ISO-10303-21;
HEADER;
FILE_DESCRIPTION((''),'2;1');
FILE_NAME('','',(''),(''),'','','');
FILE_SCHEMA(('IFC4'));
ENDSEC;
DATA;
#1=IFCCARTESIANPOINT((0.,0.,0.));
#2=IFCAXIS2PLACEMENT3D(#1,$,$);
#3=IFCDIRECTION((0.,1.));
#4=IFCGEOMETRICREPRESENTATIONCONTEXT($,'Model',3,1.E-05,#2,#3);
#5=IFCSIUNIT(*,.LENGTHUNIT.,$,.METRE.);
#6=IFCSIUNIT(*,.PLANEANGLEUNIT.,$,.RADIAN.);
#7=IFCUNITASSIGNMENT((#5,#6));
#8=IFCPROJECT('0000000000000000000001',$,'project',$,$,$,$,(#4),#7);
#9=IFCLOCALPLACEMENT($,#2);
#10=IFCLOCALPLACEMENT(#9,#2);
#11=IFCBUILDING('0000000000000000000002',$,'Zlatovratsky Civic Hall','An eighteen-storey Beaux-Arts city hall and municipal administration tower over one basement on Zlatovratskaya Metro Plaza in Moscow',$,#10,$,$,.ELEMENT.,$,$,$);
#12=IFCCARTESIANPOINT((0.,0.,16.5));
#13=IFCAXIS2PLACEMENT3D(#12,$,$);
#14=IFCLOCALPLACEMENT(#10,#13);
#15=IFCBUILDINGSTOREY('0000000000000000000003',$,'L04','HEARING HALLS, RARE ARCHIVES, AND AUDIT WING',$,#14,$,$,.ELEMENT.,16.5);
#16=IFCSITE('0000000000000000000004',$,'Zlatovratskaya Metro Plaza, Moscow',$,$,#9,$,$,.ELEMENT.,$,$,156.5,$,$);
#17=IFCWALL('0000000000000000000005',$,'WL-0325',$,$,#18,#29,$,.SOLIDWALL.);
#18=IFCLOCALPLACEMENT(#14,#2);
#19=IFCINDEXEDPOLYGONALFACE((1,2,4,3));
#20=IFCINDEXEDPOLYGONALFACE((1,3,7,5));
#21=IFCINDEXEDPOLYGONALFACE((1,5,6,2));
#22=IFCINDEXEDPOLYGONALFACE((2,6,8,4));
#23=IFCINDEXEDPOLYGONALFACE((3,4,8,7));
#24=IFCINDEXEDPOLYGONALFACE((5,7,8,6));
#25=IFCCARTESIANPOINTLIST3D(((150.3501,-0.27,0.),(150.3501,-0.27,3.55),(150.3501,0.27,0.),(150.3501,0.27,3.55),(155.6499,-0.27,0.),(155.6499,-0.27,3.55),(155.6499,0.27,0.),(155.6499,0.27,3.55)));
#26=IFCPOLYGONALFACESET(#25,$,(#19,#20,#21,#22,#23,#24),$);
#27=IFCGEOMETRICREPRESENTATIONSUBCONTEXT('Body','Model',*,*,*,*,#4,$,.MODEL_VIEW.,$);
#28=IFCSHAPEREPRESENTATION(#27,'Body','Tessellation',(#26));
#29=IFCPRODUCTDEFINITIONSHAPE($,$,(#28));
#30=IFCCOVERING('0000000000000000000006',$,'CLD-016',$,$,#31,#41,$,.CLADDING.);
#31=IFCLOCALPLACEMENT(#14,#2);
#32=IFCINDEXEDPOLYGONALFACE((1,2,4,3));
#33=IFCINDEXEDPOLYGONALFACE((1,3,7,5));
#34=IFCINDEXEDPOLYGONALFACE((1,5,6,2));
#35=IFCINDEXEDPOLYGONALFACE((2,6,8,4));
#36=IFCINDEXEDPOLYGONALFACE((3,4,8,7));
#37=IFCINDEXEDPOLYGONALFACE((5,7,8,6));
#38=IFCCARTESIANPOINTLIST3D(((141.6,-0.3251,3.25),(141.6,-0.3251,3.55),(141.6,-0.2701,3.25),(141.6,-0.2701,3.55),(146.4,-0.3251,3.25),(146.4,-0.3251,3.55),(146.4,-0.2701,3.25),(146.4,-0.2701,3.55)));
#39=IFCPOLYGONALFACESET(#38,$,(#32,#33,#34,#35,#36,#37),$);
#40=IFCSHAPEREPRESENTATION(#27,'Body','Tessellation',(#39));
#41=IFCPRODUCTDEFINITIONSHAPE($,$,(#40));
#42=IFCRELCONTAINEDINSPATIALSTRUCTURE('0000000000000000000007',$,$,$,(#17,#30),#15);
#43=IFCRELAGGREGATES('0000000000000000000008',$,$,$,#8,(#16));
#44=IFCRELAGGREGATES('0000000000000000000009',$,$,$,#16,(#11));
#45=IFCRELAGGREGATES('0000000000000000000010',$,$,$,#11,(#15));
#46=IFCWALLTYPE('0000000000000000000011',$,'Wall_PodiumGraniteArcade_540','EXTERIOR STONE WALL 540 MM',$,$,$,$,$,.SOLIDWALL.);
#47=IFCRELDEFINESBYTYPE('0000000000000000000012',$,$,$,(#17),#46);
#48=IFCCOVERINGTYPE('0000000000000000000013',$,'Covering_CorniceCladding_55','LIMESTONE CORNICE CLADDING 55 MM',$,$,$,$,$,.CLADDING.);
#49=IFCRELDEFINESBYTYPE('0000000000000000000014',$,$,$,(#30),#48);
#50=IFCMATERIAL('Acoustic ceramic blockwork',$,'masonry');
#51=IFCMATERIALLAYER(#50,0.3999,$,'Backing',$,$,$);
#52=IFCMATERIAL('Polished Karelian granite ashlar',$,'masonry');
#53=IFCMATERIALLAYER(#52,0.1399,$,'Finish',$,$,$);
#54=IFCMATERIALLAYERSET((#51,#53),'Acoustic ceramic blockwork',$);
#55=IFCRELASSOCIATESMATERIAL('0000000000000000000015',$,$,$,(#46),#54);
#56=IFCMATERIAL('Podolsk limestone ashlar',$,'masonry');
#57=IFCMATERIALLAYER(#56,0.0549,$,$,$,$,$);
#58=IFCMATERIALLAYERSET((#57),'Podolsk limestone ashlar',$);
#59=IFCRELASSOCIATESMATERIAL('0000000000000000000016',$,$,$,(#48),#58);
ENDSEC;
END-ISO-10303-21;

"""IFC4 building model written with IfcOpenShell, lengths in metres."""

from ifc_helpers import new_model, si_unit, direction, frame, frame_2d, origin, origin_2d, place, context, subcontext, project, spatial, rectangle, extrude, material, layer, layer_set, type_object, element, save


model = new_model("IFC4")

# Units and contexts
model_context = context("Model", 3, precision=1e-05, world=origin(), true_north=direction((0.0, 1.0)))
body_context = subcontext(model_context, "Body", "Model", "MODEL_VIEW")
ifc_project = project(units=[si_unit("LENGTHUNIT", "METRE"), si_unit("PLANEANGLEUNIT", "RADIAN")], contexts=[model_context])

# Site, building, storey
site_placement = place(None, origin())
site = spatial("IfcSite", under=ifc_project, at=site_placement, Name="Zlatovratskaya Metro Plaza, Moscow", CompositionType="ELEMENT", RefElevation=156.5)
building_placement = place(site_placement, origin())
building = spatial("IfcBuilding", under=site, at=building_placement, Name="Zlatovratsky Civic Hall", Description="An eighteen-storey Beaux-Arts city hall and municipal administration tower over one basement on Zlatovratskaya Metro Plaza in Moscow", CompositionType="ELEMENT")
storey_placement = place(building_placement, frame((0.0, 0.0, 16.5)))
storey = spatial("IfcBuildingStorey", under=building, at=storey_placement, Name="L04", Description="HEARING HALLS, RARE ARCHIVES, AND AUDIT WING", CompositionType="ELEMENT", Elevation=16.5)

# Wall
ifc_material_1 = material(Name="Acoustic ceramic blockwork", Category="masonry")
ifc_layer_1 = layer(ifc_material_1, 0.3999, Name="Backing")
ifc_material_2 = material(Name="Polished Karelian granite ashlar", Category="masonry")
ifc_layer_2 = layer(ifc_material_2, 0.1399, Name="Finish")
ifc_layer_set_1 = layer_set([ifc_layer_1, ifc_layer_2], Name="Acoustic ceramic blockwork")
wall_type = type_object("IfcWallType", Name="Wall_PodiumGraniteArcade_540", Description="EXTERIOR STONE WALL 540 MM", PredefinedType="SOLIDWALL", material=ifc_layer_set_1)
for number, where, z_axis, x_axis, name in (
    (1, (150.3501, 0.0, 0.0), (0.0, 0.0, 1.0), (1.0, 0.0, 0.0), "WL-0325"),
):
    element("IfcWall", number, at=place(storey_placement, frame(where, z_axis=z_axis, x_axis=x_axis)), inside=storey, type_object=wall_type, Name=name, PredefinedType="SOLIDWALL", context=body_context, shape_type="SweptSolid", body=[
        extrude(rectangle(XDim=5.2998, YDim=0.54, at=frame_2d((2.6499, 0.0))), origin(), (0.0, 0.0, 1.0), 3.55),
    ])

# Covering
ifc_material_3 = material(Name="Podolsk limestone ashlar", Category="masonry")
ifc_layer_3 = layer(ifc_material_3, 0.0549)
ifc_layer_set_2 = layer_set([ifc_layer_3], Name="Podolsk limestone ashlar")
covering_type = type_object("IfcCoveringType", Name="Covering_CorniceCladding_55", Description="LIMESTONE CORNICE CLADDING 55 MM", PredefinedType="CLADDING", material=ifc_layer_set_2)
covering_placement = place(storey_placement, frame((144.0, -0.2976, 3.25), z_axis=(0.0, 0.0, 1.0), x_axis=(1.0, 0.0, 0.0)))
element("IfcCovering", 2, at=covering_placement, inside=storey, type_object=covering_type, Name="CLD-016", PredefinedType="CLADDING", context=body_context, shape_type="SweptSolid", body=[
    extrude(rectangle(XDim=4.8, YDim=0.0549, at=origin_2d()), origin(), (0.0, 0.0, 1.0), 0.3),
])

save(model, "model.ifc")
